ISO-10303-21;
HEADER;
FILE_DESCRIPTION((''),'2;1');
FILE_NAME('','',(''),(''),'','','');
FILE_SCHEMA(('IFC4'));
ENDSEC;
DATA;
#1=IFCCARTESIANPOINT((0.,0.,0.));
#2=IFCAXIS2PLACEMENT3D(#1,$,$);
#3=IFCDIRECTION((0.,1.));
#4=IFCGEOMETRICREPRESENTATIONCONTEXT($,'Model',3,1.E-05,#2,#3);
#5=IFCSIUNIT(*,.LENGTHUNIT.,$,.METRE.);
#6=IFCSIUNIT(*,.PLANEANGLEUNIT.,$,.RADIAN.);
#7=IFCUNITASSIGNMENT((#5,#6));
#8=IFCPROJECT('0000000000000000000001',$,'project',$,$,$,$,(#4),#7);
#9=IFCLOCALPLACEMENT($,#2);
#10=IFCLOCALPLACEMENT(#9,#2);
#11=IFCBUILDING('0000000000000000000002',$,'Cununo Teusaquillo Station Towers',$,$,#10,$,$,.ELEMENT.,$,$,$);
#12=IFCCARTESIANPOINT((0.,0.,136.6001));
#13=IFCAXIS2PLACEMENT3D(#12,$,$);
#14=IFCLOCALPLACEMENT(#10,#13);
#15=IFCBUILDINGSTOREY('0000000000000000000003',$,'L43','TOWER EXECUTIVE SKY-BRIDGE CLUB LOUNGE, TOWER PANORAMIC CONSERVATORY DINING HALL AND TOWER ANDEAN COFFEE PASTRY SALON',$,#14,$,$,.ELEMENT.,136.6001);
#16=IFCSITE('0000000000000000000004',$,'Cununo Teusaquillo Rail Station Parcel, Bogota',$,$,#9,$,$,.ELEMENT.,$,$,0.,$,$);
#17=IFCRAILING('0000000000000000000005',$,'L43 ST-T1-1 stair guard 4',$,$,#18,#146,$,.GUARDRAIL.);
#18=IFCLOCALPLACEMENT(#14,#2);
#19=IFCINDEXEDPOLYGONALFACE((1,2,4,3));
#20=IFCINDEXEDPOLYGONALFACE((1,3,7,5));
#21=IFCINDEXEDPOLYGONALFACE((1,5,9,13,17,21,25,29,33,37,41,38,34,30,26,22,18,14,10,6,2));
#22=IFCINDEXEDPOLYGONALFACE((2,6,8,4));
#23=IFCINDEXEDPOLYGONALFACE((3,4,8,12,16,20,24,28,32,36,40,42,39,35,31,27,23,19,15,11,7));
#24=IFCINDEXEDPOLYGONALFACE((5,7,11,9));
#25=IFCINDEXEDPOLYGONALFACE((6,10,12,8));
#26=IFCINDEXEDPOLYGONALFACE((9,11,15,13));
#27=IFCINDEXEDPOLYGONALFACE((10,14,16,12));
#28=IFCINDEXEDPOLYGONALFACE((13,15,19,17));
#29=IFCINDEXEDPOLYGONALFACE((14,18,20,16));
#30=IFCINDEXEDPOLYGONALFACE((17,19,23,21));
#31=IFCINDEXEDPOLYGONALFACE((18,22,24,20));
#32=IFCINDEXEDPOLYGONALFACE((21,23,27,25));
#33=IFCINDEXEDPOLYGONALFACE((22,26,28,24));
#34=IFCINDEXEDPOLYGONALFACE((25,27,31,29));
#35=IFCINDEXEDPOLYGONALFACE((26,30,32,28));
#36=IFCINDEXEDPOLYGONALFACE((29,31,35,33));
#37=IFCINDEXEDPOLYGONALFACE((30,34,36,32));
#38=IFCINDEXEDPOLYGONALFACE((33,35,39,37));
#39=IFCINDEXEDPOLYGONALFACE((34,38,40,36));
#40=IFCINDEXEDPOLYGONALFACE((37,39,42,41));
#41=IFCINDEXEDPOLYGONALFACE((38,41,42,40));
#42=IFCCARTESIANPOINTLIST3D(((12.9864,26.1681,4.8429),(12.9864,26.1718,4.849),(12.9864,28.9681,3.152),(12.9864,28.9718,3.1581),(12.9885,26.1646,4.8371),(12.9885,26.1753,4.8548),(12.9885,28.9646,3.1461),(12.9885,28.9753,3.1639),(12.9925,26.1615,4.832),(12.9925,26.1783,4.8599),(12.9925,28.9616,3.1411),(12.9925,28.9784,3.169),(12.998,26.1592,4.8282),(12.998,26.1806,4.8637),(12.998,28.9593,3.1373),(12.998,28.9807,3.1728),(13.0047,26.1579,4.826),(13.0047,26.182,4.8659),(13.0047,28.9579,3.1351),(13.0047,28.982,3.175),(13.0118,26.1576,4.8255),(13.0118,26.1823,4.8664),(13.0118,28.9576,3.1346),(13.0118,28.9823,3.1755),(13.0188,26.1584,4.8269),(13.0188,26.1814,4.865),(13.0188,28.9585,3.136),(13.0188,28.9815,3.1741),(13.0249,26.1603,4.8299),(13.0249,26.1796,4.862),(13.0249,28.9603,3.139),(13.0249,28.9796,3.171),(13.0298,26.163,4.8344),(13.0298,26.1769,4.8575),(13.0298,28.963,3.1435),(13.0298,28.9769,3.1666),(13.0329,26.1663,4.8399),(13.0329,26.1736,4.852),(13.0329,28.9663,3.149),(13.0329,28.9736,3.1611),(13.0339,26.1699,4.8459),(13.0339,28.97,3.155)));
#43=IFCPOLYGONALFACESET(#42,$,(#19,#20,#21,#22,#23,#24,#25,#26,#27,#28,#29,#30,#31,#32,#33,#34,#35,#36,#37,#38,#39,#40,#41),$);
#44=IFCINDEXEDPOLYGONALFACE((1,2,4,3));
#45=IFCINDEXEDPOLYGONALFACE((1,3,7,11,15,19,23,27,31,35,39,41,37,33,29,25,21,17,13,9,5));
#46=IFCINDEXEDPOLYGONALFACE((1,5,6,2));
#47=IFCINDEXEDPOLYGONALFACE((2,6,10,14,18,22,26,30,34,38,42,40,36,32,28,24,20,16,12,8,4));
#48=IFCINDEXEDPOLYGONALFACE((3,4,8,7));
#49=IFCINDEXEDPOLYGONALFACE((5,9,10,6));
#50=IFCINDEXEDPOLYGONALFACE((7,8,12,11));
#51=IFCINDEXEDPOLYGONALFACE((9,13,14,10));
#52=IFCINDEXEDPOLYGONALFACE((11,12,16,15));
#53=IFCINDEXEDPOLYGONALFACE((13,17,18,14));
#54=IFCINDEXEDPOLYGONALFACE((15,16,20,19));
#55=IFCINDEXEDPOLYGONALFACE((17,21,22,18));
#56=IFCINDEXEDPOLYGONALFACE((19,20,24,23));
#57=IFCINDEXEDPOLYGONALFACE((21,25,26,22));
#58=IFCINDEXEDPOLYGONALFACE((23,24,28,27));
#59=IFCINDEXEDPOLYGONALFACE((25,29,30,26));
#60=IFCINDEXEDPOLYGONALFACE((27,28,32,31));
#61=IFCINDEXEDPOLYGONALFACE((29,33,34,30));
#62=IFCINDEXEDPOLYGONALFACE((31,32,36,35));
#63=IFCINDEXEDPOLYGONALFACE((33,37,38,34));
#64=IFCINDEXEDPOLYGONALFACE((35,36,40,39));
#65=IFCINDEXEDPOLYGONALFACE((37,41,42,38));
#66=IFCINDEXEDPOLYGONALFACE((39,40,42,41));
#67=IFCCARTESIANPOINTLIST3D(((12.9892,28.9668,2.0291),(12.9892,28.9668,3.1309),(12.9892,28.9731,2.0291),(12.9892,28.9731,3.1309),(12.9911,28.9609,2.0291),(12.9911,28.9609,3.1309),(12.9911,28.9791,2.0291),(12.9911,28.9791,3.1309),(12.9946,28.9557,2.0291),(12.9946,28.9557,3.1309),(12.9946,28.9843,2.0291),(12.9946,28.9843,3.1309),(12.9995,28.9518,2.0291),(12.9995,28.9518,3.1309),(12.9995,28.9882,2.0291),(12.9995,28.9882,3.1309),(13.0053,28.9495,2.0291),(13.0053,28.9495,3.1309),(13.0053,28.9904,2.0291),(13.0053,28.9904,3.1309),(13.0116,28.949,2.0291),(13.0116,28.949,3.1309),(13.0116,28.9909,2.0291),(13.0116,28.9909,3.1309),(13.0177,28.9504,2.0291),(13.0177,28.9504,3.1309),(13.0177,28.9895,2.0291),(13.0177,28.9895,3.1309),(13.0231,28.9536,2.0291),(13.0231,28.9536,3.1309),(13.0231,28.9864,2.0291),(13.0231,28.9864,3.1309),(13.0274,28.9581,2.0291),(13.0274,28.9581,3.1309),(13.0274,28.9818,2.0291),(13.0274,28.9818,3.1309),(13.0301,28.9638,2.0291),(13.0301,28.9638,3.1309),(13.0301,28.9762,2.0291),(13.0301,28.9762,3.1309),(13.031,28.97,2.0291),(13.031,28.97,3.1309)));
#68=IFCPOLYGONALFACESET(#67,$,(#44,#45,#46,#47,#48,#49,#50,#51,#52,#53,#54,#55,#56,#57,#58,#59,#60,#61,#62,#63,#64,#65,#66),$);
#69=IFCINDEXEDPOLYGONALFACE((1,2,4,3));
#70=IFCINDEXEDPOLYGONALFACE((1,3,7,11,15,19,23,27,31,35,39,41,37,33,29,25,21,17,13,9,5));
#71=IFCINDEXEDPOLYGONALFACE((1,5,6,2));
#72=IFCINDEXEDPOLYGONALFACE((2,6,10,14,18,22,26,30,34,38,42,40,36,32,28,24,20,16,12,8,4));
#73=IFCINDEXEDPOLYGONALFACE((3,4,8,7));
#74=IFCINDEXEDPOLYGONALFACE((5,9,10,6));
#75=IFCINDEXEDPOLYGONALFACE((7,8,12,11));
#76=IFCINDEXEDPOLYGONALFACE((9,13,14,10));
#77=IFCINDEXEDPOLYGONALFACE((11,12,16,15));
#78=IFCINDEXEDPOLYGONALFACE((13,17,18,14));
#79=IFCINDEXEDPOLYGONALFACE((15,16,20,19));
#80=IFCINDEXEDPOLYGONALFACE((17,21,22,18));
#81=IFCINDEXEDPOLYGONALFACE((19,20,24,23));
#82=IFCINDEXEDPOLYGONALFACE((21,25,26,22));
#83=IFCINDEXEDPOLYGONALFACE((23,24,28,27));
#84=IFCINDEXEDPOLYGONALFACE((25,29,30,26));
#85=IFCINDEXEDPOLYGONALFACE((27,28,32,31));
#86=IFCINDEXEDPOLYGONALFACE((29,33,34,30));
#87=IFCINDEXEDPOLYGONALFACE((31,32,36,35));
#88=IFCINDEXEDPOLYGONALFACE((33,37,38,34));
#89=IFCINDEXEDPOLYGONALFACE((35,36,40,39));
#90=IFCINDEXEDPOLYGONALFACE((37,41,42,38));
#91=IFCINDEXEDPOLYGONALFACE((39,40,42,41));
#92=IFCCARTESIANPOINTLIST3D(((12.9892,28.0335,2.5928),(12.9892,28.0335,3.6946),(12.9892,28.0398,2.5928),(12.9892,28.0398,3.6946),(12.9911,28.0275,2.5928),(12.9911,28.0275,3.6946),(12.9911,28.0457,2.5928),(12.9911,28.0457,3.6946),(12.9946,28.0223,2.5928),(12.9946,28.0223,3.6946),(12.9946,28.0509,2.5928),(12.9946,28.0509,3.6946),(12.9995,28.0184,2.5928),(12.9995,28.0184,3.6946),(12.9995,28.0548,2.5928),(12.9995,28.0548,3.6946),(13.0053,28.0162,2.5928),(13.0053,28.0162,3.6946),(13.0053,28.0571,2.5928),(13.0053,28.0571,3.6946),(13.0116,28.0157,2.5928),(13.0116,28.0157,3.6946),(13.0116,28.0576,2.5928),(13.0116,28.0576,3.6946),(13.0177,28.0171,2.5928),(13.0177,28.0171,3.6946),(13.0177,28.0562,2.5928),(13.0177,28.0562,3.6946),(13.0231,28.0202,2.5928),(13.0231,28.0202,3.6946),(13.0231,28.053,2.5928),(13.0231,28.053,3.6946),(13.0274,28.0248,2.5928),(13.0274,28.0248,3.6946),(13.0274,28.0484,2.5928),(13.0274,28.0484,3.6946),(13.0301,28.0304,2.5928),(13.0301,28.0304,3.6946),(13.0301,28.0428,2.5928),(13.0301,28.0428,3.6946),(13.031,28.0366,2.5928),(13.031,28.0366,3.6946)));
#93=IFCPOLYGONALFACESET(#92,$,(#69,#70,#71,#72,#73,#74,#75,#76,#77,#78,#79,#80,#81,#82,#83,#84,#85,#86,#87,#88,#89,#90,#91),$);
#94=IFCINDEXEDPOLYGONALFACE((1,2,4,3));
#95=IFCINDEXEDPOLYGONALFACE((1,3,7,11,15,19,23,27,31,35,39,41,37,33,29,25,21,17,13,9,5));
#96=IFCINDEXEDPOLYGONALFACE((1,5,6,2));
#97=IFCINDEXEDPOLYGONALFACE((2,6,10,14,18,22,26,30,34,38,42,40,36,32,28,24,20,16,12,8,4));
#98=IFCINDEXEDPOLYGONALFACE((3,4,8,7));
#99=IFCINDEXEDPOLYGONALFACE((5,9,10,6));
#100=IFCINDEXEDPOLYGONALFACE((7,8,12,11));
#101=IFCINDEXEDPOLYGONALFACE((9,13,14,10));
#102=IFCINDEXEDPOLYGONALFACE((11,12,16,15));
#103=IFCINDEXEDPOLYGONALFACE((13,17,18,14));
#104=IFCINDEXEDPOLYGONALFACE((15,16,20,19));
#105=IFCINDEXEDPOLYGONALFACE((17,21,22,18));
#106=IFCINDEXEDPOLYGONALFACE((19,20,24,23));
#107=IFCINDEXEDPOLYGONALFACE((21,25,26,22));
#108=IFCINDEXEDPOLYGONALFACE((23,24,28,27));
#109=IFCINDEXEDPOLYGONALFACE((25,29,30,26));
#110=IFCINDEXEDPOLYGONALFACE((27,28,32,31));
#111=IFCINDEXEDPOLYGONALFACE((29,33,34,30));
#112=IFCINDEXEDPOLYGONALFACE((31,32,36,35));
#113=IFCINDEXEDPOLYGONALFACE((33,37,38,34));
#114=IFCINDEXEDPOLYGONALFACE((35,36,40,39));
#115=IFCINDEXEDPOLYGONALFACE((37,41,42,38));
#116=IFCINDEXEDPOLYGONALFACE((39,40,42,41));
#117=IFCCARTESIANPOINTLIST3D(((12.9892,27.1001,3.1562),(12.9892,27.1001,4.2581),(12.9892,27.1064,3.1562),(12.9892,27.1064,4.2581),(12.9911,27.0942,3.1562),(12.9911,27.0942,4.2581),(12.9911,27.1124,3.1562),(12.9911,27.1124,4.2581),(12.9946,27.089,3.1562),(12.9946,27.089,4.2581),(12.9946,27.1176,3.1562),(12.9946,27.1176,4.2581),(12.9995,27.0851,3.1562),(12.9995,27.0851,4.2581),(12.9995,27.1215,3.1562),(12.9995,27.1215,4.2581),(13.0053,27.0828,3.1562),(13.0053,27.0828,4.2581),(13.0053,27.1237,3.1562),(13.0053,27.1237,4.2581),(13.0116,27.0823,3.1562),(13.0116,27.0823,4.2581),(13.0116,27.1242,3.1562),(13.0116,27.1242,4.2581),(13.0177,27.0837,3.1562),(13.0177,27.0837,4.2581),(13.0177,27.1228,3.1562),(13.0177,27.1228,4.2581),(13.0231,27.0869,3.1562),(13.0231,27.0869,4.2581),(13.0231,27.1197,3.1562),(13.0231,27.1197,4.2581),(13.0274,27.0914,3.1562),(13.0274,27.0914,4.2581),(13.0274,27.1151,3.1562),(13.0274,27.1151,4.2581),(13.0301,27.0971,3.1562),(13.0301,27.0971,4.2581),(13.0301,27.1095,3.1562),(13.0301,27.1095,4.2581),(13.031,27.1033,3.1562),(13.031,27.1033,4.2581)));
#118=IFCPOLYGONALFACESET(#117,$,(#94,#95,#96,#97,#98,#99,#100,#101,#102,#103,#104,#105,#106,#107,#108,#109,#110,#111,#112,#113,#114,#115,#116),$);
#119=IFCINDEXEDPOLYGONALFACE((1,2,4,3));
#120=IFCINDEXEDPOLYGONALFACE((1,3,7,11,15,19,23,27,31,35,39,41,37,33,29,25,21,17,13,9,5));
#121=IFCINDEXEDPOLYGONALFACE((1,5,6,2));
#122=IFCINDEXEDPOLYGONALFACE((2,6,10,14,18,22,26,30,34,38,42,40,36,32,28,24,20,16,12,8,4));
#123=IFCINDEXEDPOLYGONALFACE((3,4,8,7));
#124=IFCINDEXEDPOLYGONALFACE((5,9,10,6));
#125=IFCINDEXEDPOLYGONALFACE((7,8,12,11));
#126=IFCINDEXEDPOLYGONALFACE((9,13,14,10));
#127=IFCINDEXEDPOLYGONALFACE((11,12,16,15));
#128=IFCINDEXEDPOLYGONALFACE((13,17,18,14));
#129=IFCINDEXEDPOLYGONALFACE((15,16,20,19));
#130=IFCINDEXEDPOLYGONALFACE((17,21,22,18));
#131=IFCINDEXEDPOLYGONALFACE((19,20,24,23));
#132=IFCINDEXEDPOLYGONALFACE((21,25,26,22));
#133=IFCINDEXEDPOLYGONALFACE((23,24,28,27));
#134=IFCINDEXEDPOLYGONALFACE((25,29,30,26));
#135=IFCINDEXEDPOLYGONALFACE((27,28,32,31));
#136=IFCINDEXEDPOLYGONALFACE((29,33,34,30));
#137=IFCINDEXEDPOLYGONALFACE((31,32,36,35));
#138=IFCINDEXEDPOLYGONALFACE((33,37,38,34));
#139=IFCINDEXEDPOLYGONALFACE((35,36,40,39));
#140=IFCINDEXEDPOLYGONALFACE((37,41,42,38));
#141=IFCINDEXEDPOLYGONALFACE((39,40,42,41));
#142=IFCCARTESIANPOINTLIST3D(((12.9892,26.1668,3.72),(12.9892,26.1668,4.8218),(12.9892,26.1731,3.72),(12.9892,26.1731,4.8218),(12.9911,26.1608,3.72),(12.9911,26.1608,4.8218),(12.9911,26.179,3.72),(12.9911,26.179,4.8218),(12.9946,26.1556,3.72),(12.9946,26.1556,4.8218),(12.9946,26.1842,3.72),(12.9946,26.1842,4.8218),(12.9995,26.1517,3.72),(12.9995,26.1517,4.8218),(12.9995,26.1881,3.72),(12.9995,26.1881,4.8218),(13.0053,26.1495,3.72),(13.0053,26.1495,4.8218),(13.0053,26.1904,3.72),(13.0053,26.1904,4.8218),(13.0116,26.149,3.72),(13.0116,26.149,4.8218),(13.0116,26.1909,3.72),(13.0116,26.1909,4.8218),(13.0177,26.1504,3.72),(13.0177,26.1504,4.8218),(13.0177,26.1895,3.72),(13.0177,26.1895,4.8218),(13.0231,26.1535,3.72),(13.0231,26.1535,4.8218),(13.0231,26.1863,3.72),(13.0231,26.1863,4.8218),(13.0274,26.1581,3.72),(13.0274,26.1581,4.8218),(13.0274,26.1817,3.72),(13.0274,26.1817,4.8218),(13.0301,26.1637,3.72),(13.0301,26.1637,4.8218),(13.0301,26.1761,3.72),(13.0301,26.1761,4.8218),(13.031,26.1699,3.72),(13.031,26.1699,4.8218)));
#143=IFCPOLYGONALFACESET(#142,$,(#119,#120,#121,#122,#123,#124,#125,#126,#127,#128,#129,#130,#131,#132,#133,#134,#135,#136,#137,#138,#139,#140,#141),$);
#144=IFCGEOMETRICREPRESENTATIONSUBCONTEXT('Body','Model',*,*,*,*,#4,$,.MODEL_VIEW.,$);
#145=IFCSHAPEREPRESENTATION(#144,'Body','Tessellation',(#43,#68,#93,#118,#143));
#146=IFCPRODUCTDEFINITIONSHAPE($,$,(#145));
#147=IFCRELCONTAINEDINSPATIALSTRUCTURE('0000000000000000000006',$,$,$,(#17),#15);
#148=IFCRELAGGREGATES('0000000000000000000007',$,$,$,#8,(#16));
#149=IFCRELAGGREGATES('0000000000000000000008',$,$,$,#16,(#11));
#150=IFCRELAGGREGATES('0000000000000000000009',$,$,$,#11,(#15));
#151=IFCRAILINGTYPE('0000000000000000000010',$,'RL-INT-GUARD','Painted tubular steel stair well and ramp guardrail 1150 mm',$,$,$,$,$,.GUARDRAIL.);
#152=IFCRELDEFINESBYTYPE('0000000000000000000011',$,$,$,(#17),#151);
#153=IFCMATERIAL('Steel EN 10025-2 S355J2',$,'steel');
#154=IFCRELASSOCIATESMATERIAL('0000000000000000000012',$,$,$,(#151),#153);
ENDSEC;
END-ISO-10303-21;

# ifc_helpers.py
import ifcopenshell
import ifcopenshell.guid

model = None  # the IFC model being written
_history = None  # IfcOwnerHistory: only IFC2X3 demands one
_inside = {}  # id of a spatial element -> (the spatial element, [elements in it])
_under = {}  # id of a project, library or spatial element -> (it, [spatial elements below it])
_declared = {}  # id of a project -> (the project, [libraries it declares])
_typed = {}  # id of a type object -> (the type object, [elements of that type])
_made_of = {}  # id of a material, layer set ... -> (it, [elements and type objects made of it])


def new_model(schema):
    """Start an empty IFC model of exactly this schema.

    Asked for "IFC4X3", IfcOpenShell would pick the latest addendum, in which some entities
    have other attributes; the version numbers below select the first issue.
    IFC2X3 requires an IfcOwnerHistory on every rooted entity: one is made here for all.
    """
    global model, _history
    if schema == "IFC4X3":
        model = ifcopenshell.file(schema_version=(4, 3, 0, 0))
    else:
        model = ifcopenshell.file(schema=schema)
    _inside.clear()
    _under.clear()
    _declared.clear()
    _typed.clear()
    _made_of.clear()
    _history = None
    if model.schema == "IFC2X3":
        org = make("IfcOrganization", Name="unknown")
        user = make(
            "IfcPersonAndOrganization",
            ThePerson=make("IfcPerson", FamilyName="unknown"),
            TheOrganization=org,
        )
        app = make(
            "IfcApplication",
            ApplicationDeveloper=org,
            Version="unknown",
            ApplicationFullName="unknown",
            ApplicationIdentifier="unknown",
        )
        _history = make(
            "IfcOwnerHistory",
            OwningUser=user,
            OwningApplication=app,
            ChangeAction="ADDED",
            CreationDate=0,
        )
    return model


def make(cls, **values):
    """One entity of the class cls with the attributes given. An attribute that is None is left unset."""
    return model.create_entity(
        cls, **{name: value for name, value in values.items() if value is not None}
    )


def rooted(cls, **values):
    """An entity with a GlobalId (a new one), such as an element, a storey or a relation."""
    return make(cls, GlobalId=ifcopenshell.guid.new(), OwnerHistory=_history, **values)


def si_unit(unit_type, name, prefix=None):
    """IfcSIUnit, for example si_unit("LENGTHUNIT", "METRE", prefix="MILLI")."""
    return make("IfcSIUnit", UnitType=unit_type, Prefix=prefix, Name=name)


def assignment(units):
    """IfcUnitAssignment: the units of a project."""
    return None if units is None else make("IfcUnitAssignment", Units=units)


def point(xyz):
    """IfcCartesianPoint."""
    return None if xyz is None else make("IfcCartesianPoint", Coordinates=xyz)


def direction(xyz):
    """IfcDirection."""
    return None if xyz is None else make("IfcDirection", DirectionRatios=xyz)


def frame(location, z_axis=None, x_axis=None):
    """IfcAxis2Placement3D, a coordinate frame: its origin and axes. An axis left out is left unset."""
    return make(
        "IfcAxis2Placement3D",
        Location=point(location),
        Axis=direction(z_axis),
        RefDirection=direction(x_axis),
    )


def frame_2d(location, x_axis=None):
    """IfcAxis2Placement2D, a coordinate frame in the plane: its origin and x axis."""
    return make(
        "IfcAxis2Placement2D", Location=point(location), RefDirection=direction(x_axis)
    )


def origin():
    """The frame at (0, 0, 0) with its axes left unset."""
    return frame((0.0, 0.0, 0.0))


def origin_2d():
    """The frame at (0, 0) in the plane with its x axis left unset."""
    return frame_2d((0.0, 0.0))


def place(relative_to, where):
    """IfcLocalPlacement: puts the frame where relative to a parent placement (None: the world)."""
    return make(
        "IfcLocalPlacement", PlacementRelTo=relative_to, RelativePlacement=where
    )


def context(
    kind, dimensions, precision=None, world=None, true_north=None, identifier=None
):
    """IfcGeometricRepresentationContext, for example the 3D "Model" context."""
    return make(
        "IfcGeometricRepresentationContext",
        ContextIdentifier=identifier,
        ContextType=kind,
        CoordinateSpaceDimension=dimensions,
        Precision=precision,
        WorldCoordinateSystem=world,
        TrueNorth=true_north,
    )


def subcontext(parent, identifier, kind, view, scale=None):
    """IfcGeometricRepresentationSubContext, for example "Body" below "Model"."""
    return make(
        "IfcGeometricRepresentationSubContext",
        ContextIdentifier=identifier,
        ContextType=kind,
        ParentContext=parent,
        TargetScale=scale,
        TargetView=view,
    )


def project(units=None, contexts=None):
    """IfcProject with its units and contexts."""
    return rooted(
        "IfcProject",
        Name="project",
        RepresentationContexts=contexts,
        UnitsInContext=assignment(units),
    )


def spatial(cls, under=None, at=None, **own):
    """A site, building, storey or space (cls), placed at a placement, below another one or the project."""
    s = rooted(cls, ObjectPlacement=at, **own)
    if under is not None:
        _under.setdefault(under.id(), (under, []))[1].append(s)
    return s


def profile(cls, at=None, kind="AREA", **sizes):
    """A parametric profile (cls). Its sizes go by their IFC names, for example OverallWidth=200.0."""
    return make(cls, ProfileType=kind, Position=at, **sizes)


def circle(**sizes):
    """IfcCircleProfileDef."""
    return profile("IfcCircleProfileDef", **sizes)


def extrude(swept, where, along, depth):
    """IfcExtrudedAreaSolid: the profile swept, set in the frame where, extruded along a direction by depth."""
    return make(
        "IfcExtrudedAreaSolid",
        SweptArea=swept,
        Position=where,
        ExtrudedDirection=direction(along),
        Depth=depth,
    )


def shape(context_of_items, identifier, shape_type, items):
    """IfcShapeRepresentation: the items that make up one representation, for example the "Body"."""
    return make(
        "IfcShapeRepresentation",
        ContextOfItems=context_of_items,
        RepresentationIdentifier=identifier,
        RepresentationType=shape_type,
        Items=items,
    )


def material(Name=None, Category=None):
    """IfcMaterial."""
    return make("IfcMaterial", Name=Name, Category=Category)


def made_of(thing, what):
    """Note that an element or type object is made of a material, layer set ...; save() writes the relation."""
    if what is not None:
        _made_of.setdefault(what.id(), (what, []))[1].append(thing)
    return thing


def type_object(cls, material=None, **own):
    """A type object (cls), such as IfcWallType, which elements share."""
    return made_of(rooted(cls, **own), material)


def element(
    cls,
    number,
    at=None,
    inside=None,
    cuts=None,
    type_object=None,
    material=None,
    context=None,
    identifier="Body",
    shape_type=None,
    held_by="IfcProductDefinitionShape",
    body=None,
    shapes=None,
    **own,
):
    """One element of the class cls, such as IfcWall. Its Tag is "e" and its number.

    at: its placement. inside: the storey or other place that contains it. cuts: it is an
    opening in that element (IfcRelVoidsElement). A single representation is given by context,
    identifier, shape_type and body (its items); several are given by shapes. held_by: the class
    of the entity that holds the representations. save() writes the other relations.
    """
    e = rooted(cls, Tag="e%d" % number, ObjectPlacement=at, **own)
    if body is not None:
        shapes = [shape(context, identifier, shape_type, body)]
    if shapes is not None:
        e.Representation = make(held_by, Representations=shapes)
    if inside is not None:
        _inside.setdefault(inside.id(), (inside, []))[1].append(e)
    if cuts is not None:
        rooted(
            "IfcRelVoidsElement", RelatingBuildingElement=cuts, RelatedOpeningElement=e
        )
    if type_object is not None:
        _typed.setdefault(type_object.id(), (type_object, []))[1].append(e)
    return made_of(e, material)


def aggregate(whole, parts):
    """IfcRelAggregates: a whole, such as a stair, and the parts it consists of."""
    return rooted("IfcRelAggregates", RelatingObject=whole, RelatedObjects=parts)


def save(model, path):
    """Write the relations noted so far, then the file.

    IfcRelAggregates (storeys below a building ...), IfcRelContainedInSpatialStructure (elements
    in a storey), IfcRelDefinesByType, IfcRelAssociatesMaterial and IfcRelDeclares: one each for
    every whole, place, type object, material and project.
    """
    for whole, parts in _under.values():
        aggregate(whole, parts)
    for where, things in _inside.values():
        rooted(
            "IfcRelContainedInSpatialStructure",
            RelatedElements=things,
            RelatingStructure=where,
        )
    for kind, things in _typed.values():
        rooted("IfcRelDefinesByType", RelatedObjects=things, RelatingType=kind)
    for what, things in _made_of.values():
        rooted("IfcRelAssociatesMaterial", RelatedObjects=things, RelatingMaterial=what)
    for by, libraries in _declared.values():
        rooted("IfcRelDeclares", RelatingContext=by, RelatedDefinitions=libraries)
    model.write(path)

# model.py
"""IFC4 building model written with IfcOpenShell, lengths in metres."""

from ifc_helpers import new_model, si_unit, direction, frame, origin, origin_2d, place, context, subcontext, project, spatial, circle, extrude, material, type_object, element, save


model = new_model("IFC4")

# Units and contexts
model_context = context("Model", 3, precision=1e-05, world=origin(), true_north=direction((0.0, 1.0)))
body_context = subcontext(model_context, "Body", "Model", "MODEL_VIEW")
ifc_project = project(units=[si_unit("LENGTHUNIT", "METRE"), si_unit("PLANEANGLEUNIT", "RADIAN")], contexts=[model_context])

# Site, building, storey
site_placement = place(None, origin())
site = spatial("IfcSite", under=ifc_project, at=site_placement, Name="Cununo Teusaquillo Rail Station Parcel, Bogota", CompositionType="ELEMENT", RefElevation=0.0)
building_placement = place(site_placement, origin())
building = spatial("IfcBuilding", under=site, at=building_placement, Name="Cununo Teusaquillo Station Towers", CompositionType="ELEMENT")
storey_placement = place(building_placement, frame((0.0, 0.0, 136.6001)))
storey = spatial("IfcBuildingStorey", under=building, at=storey_placement, Name="L43", Description="TOWER EXECUTIVE SKY-BRIDGE CLUB LOUNGE, TOWER PANORAMIC CONSERVATORY DINING HALL AND TOWER ANDEAN COFFEE PASTRY SALON", CompositionType="ELEMENT", Elevation=136.6001)

# Railing
ifc_material_1 = material(Name="Steel EN 10025-2 S355J2", Category="steel")
railing_type_1 = type_object("IfcRailingType", Name="RL-INT-GUARD", Description="Painted tubular steel stair well and ramp guardrail 1150 mm", PredefinedType="GUARDRAIL", material=ifc_material_1)
railing_1_placement = place(storey_placement, frame((13.01, 28.97, 2.0291)))
element("IfcRailing", 1, at=railing_1_placement, inside=storey, type_object=railing_type_1, Name="L43 ST-T1-1 stair guard 4", PredefinedType="GUARDRAIL", context=body_context, shape_type="SweptSolid", body=[
    extrude(circle(Radius=0.0239, at=origin_2d()), frame((0.0, 0.0, 1.126), z_axis=(0.0, -0.856021, 0.516941), x_axis=(1.0, 0.0, 0.0)), (0.0, 0.0, 1.0), 3.271),
    extrude(circle(Radius=0.021, at=origin_2d()), origin(), (0.0, 0.0, 1.0), 1.1018),
    extrude(circle(Radius=0.021, at=origin_2d()), frame((0.0, -0.9333, 0.5637)), (0.0, 0.0, 1.0), 1.1018),
    extrude(circle(Radius=0.021, at=origin_2d()), frame((0.0, -1.8667, 1.1272)), (0.0, 0.0, 1.0), 1.1018),
    extrude(circle(Radius=0.021, at=origin_2d()), frame((0.0, -2.8, 1.6909)), (0.0, 0.0, 1.0), 1.1018),
])

save(model, "model.ifc")
